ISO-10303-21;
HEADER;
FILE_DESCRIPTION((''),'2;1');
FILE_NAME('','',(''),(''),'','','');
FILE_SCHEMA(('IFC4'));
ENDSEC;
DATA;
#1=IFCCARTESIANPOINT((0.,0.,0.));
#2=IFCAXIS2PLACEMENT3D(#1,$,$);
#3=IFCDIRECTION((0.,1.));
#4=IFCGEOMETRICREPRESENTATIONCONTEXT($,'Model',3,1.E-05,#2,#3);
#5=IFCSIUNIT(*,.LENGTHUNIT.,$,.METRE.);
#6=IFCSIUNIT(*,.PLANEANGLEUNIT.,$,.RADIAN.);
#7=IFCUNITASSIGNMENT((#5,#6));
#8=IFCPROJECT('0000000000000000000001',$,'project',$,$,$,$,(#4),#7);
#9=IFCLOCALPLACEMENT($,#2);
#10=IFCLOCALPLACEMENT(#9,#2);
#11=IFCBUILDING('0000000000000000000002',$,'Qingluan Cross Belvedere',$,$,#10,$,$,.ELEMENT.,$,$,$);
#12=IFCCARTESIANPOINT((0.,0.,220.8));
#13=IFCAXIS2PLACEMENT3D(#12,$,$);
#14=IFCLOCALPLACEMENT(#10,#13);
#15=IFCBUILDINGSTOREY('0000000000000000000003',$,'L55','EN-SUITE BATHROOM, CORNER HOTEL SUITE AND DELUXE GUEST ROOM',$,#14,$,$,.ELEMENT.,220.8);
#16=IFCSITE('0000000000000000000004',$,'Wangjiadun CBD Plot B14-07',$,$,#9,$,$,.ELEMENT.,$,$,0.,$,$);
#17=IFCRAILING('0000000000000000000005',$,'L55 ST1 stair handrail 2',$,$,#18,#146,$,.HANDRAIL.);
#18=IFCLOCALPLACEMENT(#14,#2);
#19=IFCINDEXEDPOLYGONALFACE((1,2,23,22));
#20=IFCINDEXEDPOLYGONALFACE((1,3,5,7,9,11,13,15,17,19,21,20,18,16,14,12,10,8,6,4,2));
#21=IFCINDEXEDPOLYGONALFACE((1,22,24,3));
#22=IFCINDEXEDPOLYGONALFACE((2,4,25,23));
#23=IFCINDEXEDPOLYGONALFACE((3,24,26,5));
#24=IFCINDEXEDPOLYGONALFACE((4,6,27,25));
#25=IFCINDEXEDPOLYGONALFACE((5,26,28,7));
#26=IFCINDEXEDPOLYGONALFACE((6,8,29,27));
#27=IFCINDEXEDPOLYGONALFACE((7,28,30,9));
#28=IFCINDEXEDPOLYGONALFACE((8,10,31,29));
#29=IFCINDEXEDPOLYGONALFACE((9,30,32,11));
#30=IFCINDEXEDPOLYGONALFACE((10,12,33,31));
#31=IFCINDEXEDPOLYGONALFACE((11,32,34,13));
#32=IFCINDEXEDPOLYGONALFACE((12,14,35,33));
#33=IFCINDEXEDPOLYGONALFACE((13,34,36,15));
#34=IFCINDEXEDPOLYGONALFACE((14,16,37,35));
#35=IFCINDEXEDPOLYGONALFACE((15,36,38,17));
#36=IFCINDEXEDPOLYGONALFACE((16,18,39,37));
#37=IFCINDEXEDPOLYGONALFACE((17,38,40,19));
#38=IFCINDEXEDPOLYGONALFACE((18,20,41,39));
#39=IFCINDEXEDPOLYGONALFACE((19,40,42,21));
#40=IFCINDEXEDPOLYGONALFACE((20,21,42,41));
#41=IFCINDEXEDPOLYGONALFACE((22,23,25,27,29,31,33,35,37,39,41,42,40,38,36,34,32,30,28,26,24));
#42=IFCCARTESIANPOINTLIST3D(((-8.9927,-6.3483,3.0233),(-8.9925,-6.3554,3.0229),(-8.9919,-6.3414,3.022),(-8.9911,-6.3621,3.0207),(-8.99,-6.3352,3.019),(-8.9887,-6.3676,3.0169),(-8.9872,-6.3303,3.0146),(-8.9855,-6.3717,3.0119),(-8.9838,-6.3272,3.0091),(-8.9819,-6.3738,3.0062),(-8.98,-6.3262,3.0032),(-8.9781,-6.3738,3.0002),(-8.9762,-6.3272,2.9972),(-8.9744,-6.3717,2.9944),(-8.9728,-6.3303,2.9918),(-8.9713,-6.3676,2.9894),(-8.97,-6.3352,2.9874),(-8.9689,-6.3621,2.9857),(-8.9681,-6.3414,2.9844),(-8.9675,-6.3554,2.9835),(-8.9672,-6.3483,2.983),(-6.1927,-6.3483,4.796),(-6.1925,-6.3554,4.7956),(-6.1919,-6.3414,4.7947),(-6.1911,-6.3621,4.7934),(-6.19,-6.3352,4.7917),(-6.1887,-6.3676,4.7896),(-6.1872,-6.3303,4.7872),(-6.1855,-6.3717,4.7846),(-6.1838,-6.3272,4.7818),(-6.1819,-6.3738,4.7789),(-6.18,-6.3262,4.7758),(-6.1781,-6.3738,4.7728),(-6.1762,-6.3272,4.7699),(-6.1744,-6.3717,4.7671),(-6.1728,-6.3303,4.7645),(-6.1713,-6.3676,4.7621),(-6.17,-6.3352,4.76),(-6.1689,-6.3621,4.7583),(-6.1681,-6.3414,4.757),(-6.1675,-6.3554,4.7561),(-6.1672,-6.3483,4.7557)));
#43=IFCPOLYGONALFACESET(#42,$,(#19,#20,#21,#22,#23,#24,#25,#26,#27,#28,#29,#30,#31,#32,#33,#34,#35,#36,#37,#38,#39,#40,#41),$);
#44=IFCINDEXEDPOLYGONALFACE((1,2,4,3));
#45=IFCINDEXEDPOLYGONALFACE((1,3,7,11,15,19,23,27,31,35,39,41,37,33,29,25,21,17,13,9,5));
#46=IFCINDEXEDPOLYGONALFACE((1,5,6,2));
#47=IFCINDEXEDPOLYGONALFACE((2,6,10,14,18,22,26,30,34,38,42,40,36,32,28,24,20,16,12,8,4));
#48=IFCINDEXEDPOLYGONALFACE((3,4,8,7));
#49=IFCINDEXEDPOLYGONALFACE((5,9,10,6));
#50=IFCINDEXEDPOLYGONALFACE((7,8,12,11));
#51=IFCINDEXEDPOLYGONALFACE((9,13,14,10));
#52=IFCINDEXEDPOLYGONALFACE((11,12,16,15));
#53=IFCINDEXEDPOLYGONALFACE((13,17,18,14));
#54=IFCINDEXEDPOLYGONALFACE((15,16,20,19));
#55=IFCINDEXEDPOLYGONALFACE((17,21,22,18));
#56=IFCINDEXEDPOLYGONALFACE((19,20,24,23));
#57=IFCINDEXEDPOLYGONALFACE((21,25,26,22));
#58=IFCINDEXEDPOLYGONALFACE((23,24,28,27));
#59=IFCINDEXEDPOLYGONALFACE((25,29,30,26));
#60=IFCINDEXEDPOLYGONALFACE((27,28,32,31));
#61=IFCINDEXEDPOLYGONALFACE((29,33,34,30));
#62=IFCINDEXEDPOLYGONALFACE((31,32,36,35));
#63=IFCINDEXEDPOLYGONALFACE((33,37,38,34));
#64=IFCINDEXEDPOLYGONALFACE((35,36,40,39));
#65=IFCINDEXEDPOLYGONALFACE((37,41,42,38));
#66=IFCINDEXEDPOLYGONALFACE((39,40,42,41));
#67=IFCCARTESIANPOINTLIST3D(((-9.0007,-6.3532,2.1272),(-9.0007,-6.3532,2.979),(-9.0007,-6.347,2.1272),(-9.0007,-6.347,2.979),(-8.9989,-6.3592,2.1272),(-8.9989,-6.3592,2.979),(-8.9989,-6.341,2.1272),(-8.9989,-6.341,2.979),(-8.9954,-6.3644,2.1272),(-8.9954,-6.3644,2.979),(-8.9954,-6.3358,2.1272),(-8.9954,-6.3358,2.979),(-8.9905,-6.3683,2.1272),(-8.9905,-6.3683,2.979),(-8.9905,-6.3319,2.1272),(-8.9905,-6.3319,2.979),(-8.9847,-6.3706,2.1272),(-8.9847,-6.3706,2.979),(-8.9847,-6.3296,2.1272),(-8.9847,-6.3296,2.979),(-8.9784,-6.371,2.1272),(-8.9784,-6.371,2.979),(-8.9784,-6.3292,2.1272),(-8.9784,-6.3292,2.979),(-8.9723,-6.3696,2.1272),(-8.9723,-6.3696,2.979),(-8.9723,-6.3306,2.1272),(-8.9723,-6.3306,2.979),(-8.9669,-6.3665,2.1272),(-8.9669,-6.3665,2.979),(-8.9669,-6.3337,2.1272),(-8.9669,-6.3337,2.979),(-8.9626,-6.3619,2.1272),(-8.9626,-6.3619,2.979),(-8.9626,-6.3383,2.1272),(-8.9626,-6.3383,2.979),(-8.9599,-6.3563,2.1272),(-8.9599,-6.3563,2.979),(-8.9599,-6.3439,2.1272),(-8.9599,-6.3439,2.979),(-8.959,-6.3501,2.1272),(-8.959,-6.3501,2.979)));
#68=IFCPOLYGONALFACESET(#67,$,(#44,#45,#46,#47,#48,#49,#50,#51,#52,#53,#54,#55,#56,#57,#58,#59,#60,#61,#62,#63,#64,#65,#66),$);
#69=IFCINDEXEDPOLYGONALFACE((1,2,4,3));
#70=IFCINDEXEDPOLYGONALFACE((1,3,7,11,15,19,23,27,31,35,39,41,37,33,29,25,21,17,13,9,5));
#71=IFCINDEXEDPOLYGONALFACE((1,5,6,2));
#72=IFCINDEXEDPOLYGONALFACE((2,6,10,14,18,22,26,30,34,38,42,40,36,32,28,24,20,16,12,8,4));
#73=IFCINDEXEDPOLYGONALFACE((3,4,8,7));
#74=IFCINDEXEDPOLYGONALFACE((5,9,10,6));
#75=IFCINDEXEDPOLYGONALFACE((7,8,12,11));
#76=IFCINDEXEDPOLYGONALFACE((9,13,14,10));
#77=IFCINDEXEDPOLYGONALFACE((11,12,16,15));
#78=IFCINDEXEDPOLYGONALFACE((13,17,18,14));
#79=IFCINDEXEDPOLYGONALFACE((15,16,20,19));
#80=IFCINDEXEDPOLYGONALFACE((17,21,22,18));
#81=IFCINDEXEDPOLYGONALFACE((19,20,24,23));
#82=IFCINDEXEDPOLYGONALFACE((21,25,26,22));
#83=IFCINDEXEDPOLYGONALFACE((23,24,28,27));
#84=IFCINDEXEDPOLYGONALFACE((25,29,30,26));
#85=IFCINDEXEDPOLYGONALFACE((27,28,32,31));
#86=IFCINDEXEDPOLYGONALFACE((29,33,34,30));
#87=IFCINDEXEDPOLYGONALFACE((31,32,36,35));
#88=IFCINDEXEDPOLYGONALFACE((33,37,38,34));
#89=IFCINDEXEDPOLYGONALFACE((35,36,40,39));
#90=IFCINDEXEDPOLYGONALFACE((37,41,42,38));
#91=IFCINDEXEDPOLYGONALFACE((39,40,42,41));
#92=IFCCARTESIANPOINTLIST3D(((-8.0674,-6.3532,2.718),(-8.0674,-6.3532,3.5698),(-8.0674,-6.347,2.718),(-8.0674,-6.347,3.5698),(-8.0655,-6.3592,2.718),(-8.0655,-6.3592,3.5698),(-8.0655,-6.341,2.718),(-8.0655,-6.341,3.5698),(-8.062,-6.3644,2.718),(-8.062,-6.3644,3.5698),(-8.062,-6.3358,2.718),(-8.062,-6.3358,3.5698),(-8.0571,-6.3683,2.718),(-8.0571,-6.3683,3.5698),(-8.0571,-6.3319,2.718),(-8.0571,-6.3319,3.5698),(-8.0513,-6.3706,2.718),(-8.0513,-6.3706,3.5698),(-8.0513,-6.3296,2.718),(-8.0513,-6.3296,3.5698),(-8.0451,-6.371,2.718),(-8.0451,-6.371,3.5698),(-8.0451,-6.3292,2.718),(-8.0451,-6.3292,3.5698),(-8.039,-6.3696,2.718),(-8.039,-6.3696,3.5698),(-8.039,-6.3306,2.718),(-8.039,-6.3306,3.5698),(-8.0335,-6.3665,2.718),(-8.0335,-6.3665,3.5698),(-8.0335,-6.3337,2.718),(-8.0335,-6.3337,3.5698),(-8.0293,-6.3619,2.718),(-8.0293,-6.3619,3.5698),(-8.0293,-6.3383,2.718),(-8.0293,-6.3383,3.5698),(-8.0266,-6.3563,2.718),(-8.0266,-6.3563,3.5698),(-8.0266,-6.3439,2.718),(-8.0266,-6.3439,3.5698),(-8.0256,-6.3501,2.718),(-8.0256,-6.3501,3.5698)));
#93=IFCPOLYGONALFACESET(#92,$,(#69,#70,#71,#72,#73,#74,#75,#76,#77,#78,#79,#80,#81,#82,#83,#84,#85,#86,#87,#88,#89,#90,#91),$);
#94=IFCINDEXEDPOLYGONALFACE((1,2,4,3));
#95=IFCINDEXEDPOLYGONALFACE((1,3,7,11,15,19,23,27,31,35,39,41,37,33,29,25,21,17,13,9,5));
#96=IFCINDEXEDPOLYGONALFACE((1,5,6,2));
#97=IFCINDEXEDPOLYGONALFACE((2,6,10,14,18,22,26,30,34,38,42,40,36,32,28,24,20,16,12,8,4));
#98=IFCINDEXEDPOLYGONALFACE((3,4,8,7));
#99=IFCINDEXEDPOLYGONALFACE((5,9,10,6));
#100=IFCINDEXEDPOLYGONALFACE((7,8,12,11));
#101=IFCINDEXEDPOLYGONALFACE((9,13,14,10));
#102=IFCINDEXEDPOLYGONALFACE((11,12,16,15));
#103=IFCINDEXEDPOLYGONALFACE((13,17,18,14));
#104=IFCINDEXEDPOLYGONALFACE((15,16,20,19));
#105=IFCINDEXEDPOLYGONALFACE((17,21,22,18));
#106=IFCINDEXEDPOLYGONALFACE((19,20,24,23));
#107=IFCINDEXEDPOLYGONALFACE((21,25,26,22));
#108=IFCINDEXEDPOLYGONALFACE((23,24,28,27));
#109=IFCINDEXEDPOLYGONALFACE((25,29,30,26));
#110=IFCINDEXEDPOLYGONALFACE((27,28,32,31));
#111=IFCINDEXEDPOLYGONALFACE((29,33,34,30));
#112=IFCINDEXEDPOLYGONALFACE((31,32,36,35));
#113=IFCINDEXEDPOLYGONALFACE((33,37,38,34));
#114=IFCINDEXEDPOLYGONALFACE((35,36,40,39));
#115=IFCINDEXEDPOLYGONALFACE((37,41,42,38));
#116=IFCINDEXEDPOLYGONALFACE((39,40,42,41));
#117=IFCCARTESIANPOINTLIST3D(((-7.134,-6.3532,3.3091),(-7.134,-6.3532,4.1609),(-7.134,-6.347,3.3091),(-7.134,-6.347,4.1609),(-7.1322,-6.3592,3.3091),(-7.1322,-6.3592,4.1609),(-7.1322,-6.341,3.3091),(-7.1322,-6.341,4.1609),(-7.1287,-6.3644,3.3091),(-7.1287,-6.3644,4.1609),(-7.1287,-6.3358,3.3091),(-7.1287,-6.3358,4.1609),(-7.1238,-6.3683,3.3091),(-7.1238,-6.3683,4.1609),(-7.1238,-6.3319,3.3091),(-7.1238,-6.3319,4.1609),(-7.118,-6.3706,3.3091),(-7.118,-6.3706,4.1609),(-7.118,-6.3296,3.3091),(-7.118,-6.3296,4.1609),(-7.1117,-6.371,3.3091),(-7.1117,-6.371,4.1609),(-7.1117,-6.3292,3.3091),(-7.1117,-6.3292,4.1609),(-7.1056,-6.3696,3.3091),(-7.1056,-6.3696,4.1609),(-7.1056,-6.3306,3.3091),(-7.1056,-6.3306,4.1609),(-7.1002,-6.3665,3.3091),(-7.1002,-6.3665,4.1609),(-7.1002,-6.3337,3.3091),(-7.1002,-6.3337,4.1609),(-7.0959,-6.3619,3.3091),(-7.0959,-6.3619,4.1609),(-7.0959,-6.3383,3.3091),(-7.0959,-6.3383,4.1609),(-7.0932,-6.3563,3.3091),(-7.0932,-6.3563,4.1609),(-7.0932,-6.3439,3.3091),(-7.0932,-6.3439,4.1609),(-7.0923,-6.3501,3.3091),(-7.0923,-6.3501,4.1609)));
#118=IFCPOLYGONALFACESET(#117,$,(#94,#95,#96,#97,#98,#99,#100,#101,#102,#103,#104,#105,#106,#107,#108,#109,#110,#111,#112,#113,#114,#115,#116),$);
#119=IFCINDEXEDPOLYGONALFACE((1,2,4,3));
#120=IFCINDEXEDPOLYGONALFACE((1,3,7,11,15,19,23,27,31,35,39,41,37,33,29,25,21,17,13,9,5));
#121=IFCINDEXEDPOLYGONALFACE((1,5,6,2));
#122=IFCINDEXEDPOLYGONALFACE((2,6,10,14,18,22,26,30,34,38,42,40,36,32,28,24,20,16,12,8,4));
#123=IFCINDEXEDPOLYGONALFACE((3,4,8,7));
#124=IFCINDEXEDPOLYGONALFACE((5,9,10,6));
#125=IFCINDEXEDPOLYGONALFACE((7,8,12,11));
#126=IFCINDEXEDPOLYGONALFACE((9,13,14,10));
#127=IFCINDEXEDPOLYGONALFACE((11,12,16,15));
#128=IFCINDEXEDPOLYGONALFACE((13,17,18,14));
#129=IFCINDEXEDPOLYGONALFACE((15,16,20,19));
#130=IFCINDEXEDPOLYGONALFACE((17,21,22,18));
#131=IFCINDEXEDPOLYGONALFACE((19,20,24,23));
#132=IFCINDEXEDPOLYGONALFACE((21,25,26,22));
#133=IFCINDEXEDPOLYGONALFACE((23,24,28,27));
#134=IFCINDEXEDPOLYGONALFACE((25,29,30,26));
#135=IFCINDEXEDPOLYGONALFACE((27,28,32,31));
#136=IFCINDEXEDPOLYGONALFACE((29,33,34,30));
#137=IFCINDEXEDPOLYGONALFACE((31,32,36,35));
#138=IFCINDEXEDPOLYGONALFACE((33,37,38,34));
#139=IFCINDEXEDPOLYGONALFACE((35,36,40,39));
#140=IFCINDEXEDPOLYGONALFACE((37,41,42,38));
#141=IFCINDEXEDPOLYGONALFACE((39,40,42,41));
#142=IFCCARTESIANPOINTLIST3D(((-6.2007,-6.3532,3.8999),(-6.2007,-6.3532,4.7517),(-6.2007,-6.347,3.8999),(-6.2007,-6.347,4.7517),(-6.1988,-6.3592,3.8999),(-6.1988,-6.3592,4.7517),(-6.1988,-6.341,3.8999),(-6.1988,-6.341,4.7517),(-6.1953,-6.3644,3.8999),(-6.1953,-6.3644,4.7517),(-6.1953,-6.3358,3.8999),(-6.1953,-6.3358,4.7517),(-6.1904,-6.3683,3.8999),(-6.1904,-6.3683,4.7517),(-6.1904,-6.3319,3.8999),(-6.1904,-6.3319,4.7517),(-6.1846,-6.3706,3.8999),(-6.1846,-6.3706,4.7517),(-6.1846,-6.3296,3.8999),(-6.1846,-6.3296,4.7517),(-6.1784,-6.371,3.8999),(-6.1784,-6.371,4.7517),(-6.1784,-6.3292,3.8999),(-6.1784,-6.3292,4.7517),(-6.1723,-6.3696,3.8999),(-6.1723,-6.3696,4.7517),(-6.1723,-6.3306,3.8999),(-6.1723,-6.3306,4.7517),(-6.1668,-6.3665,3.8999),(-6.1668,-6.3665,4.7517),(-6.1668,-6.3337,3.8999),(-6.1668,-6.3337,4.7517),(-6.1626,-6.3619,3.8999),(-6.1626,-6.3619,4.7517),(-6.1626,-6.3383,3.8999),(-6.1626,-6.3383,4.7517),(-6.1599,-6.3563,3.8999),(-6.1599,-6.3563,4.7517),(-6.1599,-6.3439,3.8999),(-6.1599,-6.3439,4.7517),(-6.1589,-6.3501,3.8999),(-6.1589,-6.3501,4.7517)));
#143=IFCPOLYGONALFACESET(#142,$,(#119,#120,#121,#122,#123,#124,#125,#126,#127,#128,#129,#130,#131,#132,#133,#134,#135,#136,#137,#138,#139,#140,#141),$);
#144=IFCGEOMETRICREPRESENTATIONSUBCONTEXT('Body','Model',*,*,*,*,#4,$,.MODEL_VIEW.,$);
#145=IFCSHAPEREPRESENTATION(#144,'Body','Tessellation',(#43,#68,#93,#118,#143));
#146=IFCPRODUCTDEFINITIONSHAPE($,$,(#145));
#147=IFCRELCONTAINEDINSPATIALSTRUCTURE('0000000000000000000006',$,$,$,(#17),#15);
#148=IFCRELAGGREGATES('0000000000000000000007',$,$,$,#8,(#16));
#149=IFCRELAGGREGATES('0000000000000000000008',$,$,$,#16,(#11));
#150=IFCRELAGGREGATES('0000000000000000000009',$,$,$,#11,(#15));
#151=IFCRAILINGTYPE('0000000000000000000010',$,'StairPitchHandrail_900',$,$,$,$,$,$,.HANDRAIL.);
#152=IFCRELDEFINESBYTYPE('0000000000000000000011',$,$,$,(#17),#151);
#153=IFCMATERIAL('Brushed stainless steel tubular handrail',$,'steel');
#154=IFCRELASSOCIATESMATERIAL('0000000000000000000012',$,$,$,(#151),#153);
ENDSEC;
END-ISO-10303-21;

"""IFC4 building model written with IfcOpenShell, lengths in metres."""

from ifc_helpers import new_model, si_unit, direction, frame, origin, origin_2d, place, context, subcontext, project, spatial, circle, extrude, material, type_object, element, save


model = new_model("IFC4")

# Units and contexts
model_context = context("Model", 3, precision=1e-05, world=origin(), true_north=direction((0.0, 1.0)))
body_context = subcontext(model_context, "Body", "Model", "MODEL_VIEW")
ifc_project = project(units=[si_unit("LENGTHUNIT", "METRE"), si_unit("PLANEANGLEUNIT", "RADIAN")], contexts=[model_context])

# Site, building, storey
site_placement = place(None, origin())
site = spatial("IfcSite", under=ifc_project, at=site_placement, Name="Wangjiadun CBD Plot B14-07", CompositionType="ELEMENT", RefElevation=0.0)
building_placement = place(site_placement, origin())
building = spatial("IfcBuilding", under=site, at=building_placement, Name="Qingluan Cross Belvedere", CompositionType="ELEMENT")
storey_placement = place(building_placement, frame((0.0, 0.0, 220.8)))
storey = spatial("IfcBuildingStorey", under=building, at=storey_placement, Name="L55", Description="EN-SUITE BATHROOM, CORNER HOTEL SUITE AND DELUXE GUEST ROOM", CompositionType="ELEMENT", Elevation=220.8)

# Railing
ifc_material_1 = material(Name="Brushed stainless steel tubular handrail", Category="steel")
railing_type_1 = type_object("IfcRailingType", Name="StairPitchHandrail_900", PredefinedType="HANDRAIL", material=ifc_material_1)
railing_1_placement = place(storey_placement, frame((-8.98, -6.3501, 2.1272)))
element("IfcRailing", 1, at=railing_1_placement, inside=storey, type_object=railing_type_1, Name="L55 ST1 stair handrail 2", PredefinedType="HANDRAIL", context=body_context, shape_type="SweptSolid", body=[
    extrude(circle(Radius=0.0239, at=origin_2d()), frame((0.0, 0.0, 0.876), z_axis=(0.844909, 0.0, 0.53491), x_axis=(0.0, 1.0, 0.0)), (0.0, 0.0, 1.0), 3.314),
    extrude(circle(Radius=0.021, at=origin_2d()), origin(), (0.0, 0.0, 1.0), 0.8518),
    extrude(circle(Radius=0.021, at=origin_2d()), frame((0.9333, 0.0, 0.5908)), (0.0, 0.0, 1.0), 0.8518),
    extrude(circle(Radius=0.021, at=origin_2d()), frame((1.8667, 0.0, 1.1819)), (0.0, 0.0, 1.0), 0.8518),
    extrude(circle(Radius=0.021, at=origin_2d()), frame((2.8, 0.0, 1.7727)), (0.0, 0.0, 1.0), 0.8518),
])

save(model, "model.ifc")
